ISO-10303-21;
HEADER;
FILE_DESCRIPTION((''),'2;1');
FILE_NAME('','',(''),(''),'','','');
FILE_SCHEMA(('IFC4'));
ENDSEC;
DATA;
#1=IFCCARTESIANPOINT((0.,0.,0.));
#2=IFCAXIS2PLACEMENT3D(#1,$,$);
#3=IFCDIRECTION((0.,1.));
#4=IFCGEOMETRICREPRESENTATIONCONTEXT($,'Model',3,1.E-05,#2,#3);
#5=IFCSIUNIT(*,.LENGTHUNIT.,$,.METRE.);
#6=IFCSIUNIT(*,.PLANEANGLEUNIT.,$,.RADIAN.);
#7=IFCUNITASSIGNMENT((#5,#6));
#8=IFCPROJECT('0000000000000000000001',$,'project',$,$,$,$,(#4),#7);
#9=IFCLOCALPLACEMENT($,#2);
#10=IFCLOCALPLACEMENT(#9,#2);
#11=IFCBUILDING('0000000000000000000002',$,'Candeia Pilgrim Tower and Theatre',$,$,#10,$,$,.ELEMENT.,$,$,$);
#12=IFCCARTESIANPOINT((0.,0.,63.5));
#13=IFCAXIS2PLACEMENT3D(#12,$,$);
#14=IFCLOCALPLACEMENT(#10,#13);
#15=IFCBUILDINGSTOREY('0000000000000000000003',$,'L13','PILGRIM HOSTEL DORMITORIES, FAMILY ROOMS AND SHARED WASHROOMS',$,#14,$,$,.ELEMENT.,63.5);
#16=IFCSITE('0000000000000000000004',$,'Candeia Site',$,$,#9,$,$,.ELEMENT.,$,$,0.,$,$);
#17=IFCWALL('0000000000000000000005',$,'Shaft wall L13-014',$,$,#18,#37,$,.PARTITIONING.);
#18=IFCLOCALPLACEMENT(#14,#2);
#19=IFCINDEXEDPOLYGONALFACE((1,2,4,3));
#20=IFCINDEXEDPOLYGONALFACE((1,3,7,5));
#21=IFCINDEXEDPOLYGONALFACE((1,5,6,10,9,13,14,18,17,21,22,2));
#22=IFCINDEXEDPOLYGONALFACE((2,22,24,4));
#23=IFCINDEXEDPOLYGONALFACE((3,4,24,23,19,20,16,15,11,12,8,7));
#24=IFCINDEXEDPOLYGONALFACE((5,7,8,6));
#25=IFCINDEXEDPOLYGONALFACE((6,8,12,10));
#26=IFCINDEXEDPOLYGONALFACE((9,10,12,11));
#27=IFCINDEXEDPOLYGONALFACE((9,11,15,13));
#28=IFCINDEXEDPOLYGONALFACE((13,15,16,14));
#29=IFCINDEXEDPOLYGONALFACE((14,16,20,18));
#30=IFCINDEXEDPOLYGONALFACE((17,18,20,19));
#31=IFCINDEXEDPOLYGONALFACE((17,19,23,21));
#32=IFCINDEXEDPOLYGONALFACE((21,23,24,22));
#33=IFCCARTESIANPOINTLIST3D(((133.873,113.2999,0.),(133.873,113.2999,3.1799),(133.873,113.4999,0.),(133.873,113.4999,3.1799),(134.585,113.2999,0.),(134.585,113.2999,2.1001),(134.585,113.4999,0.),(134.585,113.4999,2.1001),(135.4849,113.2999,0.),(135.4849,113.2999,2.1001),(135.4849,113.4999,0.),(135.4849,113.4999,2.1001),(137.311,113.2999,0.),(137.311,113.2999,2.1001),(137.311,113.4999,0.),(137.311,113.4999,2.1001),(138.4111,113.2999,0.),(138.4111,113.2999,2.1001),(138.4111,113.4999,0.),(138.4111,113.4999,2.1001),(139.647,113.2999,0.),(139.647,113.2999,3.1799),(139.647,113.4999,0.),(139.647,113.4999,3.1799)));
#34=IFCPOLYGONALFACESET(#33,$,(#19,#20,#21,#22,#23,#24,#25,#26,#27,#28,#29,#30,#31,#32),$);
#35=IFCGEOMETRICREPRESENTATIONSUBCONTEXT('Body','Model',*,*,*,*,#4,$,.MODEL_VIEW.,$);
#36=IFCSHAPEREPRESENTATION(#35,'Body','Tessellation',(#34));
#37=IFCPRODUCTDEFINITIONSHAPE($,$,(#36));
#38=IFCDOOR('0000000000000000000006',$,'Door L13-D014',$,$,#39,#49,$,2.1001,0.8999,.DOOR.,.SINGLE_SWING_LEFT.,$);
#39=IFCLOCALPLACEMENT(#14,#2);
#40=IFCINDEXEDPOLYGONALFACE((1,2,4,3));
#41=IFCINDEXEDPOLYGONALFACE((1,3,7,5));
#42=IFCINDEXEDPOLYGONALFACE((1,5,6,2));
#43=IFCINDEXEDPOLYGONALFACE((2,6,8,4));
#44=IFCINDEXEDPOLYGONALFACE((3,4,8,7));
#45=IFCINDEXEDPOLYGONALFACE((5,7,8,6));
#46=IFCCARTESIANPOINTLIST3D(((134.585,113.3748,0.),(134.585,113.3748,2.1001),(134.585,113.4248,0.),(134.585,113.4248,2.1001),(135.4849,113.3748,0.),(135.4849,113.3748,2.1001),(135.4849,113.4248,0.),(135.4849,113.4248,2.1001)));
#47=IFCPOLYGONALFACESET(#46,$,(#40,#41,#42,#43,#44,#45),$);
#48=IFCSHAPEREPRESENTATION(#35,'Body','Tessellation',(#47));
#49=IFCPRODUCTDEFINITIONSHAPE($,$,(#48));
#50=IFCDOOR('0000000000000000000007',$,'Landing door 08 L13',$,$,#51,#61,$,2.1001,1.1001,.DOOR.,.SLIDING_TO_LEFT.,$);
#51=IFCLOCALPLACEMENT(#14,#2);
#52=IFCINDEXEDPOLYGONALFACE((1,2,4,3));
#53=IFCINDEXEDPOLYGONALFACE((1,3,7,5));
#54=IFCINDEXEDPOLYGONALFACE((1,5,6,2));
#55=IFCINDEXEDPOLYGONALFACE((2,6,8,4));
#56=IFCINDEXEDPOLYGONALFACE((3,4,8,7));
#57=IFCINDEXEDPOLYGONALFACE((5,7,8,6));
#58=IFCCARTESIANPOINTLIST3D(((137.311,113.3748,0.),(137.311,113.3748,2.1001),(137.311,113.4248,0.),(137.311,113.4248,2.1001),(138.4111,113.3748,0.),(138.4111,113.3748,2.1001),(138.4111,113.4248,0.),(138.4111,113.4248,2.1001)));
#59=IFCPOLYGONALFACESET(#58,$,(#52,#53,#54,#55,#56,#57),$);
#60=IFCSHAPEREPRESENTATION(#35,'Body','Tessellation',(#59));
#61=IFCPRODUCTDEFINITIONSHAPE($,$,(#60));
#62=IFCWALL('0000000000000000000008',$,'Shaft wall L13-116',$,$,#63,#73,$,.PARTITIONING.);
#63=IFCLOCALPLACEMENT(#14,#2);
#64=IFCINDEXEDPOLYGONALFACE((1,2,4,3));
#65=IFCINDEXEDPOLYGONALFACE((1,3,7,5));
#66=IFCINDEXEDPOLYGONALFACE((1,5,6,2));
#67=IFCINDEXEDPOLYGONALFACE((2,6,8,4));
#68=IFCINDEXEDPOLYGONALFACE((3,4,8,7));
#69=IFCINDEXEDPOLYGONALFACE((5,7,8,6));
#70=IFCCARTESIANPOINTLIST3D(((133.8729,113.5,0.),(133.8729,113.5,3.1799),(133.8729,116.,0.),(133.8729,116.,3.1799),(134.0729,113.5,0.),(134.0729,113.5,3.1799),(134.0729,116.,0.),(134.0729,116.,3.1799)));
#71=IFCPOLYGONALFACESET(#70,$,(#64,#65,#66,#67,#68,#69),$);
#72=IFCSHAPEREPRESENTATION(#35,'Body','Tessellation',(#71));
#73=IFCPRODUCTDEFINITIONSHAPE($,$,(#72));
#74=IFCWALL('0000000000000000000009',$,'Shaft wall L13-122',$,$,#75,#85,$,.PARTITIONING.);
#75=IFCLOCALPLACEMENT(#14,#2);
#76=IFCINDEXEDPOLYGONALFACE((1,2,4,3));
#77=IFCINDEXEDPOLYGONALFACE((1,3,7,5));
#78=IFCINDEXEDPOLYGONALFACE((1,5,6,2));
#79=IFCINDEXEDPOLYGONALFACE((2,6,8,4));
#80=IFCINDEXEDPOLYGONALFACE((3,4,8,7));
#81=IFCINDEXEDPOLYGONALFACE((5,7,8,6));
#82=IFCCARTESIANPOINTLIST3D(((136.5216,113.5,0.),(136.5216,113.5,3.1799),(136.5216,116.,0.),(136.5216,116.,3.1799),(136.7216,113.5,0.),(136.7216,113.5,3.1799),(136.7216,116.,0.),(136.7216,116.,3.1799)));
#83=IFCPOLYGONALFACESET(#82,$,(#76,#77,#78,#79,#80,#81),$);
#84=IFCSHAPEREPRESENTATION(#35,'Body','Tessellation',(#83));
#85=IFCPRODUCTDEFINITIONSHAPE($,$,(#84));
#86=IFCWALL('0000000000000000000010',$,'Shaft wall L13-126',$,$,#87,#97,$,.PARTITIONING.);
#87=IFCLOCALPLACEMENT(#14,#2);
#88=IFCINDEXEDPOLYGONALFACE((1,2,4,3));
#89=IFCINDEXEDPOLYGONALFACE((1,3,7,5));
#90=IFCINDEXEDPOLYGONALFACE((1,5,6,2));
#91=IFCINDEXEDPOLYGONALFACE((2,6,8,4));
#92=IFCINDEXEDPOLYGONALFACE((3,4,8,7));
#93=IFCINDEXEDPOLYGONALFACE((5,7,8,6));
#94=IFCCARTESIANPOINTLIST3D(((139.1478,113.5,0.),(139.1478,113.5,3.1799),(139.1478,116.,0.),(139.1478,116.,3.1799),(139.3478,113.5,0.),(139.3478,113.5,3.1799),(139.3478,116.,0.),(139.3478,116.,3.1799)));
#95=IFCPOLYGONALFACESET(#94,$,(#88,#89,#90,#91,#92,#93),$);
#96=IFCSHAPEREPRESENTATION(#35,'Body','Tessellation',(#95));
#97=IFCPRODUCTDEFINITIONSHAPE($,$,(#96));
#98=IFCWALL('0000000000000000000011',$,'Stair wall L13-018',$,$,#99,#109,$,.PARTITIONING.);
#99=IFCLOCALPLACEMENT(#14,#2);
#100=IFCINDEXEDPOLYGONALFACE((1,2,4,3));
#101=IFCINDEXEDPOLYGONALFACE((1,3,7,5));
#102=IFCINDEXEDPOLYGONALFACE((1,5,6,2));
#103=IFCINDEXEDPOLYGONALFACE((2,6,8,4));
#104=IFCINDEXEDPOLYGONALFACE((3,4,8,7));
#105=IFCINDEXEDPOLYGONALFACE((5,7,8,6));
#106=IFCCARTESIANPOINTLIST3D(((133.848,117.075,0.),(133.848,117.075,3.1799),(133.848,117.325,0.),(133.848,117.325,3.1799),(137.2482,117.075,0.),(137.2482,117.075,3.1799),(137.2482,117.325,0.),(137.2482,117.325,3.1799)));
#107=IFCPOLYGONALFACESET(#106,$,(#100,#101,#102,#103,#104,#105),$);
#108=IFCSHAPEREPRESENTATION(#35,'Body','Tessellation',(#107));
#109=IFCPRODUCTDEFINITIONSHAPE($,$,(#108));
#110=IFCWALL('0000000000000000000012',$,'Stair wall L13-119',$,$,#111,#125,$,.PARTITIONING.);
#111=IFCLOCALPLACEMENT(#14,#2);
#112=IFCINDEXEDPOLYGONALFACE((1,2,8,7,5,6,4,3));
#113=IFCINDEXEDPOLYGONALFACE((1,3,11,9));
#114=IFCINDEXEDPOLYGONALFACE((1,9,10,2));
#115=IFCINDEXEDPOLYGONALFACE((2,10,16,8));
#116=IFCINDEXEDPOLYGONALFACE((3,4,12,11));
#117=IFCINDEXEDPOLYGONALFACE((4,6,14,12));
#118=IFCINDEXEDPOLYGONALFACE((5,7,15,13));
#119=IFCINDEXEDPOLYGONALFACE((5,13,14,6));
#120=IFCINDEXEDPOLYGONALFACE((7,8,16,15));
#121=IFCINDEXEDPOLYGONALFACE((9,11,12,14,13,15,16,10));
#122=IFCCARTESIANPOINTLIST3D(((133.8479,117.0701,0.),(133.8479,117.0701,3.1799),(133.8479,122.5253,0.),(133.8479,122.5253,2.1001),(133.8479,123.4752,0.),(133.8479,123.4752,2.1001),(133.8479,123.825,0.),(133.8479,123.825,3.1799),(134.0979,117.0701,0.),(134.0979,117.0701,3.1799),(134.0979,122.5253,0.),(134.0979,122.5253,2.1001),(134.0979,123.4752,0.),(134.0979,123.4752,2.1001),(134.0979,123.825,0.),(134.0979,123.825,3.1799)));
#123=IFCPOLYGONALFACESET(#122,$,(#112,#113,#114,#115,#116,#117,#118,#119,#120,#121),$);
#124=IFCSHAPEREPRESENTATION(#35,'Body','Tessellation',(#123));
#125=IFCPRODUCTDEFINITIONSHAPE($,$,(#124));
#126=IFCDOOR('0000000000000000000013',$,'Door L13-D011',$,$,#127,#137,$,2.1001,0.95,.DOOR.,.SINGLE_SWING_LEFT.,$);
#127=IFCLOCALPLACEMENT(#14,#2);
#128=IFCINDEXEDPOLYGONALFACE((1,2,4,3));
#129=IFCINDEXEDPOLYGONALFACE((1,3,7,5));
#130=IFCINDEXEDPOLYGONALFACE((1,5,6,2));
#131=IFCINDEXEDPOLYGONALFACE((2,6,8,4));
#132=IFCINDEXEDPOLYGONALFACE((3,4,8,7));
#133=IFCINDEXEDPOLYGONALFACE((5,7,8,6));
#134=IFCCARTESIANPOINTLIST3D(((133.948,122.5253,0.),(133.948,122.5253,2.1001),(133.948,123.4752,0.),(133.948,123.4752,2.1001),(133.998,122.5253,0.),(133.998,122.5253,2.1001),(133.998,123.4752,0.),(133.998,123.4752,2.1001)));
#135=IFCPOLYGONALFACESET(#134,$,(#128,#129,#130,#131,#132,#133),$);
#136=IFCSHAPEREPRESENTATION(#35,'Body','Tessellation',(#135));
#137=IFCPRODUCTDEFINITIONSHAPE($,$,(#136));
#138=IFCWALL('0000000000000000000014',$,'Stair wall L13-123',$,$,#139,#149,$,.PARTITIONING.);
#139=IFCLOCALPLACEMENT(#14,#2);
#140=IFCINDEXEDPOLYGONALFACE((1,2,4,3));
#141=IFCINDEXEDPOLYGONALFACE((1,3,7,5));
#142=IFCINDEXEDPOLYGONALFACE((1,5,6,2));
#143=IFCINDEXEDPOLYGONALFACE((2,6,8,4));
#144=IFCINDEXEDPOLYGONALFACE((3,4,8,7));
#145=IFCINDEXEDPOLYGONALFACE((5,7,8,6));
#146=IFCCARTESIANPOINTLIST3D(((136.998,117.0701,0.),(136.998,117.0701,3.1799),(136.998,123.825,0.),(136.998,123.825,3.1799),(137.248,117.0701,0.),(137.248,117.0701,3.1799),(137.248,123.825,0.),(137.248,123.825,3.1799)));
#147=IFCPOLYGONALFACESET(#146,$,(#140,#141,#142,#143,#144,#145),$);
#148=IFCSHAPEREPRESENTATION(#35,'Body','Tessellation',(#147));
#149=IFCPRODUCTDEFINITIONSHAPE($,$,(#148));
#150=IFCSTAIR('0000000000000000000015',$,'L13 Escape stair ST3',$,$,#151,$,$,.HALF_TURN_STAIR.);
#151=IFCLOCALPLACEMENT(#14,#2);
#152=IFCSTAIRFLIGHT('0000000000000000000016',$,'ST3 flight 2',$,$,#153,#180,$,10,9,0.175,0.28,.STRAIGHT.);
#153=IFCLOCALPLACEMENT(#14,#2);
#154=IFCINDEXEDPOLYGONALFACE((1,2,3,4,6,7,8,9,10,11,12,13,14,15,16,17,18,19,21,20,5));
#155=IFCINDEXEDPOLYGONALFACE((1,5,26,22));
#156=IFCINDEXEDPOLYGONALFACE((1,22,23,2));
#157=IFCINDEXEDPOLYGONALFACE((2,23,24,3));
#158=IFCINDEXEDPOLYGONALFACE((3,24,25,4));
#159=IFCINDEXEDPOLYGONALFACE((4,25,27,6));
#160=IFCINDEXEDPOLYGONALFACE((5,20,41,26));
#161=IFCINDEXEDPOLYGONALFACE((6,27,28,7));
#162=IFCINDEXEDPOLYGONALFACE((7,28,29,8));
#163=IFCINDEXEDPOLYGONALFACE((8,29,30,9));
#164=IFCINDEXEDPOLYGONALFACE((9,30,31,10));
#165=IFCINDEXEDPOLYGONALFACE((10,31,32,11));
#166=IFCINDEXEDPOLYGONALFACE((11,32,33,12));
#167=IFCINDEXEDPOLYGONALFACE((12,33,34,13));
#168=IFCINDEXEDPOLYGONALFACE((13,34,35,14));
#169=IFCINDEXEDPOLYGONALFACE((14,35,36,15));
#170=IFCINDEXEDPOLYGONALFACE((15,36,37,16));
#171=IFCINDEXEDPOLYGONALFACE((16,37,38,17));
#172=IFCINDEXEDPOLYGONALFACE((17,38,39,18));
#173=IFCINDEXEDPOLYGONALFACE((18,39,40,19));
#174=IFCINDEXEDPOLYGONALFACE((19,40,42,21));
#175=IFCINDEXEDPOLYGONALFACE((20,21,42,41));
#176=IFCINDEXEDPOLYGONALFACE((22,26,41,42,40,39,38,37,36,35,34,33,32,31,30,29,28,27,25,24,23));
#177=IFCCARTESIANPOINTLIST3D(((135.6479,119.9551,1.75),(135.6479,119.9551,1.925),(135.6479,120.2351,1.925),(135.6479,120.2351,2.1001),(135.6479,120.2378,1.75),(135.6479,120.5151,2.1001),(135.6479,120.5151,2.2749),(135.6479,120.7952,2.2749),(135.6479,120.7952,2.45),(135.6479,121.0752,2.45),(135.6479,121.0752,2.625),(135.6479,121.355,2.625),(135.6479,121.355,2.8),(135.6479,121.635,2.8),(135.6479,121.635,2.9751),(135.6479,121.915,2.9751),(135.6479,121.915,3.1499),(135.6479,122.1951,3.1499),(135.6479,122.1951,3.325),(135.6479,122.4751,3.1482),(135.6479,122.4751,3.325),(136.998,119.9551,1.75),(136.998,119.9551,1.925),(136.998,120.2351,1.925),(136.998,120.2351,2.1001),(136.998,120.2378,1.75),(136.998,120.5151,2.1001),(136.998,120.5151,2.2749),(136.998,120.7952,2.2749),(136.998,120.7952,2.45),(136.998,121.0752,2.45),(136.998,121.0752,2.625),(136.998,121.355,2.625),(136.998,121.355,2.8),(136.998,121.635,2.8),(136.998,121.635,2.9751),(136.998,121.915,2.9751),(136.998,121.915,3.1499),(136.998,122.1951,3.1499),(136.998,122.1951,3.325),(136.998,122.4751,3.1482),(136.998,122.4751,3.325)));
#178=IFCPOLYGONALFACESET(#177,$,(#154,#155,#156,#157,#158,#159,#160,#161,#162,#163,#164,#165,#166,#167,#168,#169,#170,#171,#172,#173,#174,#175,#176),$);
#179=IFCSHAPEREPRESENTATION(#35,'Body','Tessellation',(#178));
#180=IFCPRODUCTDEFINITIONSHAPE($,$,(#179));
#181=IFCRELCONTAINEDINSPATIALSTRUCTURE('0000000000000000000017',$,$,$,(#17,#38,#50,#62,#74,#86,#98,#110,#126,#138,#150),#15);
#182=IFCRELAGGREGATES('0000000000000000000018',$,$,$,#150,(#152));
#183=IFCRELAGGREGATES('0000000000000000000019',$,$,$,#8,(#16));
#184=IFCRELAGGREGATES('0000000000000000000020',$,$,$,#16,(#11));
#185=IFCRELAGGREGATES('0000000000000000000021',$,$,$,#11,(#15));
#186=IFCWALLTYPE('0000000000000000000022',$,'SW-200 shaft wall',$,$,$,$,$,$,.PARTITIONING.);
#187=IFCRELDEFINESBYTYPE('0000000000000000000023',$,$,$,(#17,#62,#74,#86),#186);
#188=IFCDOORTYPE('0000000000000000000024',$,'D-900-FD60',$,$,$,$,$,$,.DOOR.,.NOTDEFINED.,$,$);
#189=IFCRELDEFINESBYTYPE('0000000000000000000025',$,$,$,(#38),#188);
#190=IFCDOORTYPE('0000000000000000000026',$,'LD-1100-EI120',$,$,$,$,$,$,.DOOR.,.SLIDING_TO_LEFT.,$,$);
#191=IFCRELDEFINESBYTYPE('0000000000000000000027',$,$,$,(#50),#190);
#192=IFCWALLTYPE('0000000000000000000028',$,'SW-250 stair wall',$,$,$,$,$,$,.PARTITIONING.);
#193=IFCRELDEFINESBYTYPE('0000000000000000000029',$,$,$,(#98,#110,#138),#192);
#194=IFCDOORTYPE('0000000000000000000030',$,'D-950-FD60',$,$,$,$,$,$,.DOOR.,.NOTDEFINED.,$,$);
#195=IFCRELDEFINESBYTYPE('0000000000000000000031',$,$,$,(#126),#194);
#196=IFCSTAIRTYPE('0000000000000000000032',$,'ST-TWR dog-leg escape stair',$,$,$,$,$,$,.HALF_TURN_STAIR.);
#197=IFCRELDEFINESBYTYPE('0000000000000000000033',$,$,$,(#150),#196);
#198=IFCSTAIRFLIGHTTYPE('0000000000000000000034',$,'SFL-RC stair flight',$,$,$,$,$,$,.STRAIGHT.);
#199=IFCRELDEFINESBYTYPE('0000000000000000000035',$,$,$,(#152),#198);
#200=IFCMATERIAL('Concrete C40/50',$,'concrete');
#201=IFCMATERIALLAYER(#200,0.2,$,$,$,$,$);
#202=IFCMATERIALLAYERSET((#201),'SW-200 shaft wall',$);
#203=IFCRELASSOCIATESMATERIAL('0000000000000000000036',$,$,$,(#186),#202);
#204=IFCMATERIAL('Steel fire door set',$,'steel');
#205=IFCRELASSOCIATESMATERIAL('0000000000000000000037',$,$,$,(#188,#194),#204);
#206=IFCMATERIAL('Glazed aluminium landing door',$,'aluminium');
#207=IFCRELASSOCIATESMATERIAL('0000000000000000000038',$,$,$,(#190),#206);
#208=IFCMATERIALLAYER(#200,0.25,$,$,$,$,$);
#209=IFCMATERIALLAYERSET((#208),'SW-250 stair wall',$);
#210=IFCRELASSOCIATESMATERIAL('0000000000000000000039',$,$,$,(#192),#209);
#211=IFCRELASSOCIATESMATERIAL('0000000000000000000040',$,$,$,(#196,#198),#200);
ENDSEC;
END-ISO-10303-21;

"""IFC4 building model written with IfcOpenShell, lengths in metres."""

from ifc_helpers import new_model, si_unit, direction, frame, frame_2d, origin, place, context, subcontext, project, spatial, polyline, rectangle, outline, extrude, material, layer, layer_set, type_object, element, fill, aggregate, save


model = new_model("IFC4")

# Units and contexts
model_context = context("Model", 3, precision=1e-05, world=origin(), true_north=direction((0.0, 1.0)))
body_context = subcontext(model_context, "Body", "Model", "MODEL_VIEW")
ifc_project = project(units=[si_unit("LENGTHUNIT", "METRE"), si_unit("PLANEANGLEUNIT", "RADIAN")], contexts=[model_context])

# Site, building, storey
site_placement = place(None, origin())
site = spatial("IfcSite", under=ifc_project, at=site_placement, Name="Candeia Site", CompositionType="ELEMENT", RefElevation=0.0)
building_placement = place(site_placement, origin())
building = spatial("IfcBuilding", under=site, at=building_placement, Name="Candeia Pilgrim Tower and Theatre", CompositionType="ELEMENT")
storey_placement = place(building_placement, frame((0.0, 0.0, 63.5)))
storey = spatial("IfcBuildingStorey", under=building, at=storey_placement, Name="L13", Description="PILGRIM HOSTEL DORMITORIES, FAMILY ROOMS AND SHARED WASHROOMS", CompositionType="ELEMENT", Elevation=63.5)

# Shared definitions
ifc_material_1 = material(Name="Steel fire door set", Category="steel")

# Wall, openings, doors
ifc_material_2 = material(Name="Concrete C40/50", Category="concrete")
ifc_layer_1 = layer(ifc_material_2, 0.2)
ifc_layer_set_1 = layer_set([ifc_layer_1], Name="SW-200 shaft wall")
wall_type_1 = type_object("IfcWallType", Name="SW-200 shaft wall", PredefinedType="PARTITIONING", material=ifc_layer_set_1)
wall_1_placement = place(storey_placement, frame((133.873, 113.3999, 0.0), z_axis=(0.0, 0.0, 1.0), x_axis=(1.0, 0.0, 0.0)))
wall_1 = element("IfcWall", 1, at=wall_1_placement, inside=storey, type_object=wall_type_1, Name="Shaft wall L13-014", PredefinedType="PARTITIONING", context=body_context, shape_type="SweptSolid", body=[
    extrude(rectangle(XDim=5.7739, YDim=0.2, at=frame_2d((2.887, 0.0))), origin(), (0.0, 0.0, 1.0), 3.1799),
])
opening_1_placement = place(wall_1_placement, frame((3.438, 0.0, 0.0)))
opening_1 = element("IfcOpeningElement", 2, at=opening_1_placement, cuts=wall_1, PredefinedType="OPENING", context=body_context, shape_type="SweptSolid", body=[
    extrude(rectangle(XDim=1.1001, YDim=2.1001, at=frame_2d((0.55, 1.05))), frame((0.0, 0.1099, 0.0), z_axis=(0.0, -1.0, 0.0), x_axis=(1.0, 0.0, 0.0)), (0.0, 0.0, 1.0), 0.22),
])
opening_2_placement = place(wall_1_placement, frame((0.7119, 0.0, 0.0)))
opening_2 = element("IfcOpeningElement", 3, at=opening_2_placement, cuts=wall_1, PredefinedType="OPENING", context=body_context, shape_type="SweptSolid", body=[
    extrude(rectangle(XDim=0.8999, YDim=2.1001, at=frame_2d((0.45, 1.05))), frame((0.0, 0.1099, 0.0), z_axis=(0.0, -1.0, 0.0), x_axis=(1.0, 0.0, 0.0)), (0.0, 0.0, 1.0), 0.22),
])
door_type_1 = type_object("IfcDoorType", Name="D-900-FD60", OperationType="NOTDEFINED", PredefinedType="DOOR", material=ifc_material_1)
door_1_placement = place(opening_2_placement, origin())
door_1 = element("IfcDoor", 4, at=door_1_placement, inside=storey, type_object=door_type_1, Name="Door L13-D014", OperationType="SINGLE_SWING_LEFT", OverallHeight=2.1001, OverallWidth=0.8999, PredefinedType="DOOR", context=body_context, shape_type="SweptSolid", body=[
    extrude(rectangle(XDim=0.8999, YDim=2.1001, at=frame_2d((0.45, 1.05))), frame((0.0, 0.0249, 0.0), z_axis=(0.0, -1.0, 0.0), x_axis=(1.0, 0.0, 0.0)), (0.0, 0.0, 1.0), 0.05),
])
fill(opening_2, door_1)
ifc_material_3 = material(Name="Glazed aluminium landing door", Category="aluminium")
door_type_2 = type_object("IfcDoorType", Name="LD-1100-EI120", OperationType="SLIDING_TO_LEFT", PredefinedType="DOOR", material=ifc_material_3)
door_2_placement = place(opening_1_placement, origin())
door_2 = element("IfcDoor", 5, at=door_2_placement, inside=storey, type_object=door_type_2, Name="Landing door 08 L13", OperationType="SLIDING_TO_LEFT", OverallHeight=2.1001, OverallWidth=1.1001, PredefinedType="DOOR", context=body_context, shape_type="SweptSolid", body=[
    extrude(rectangle(XDim=1.1001, YDim=2.1001, at=frame_2d((0.55, 1.05))), frame((0.0, 0.0249, 0.0), z_axis=(0.0, -1.0, 0.0), x_axis=(1.0, 0.0, 0.0)), (0.0, 0.0, 1.0), 0.05),
])
fill(opening_1, door_2)

# Walls
for number, where, z_axis, x_axis, name in (
    (6, (133.9729, 113.5, 0.0), (0.0, 0.0, 1.0), (0.0, 1.0, 0.0), "Shaft wall L13-116"),
    (7, (136.6216, 113.5, 0.0), (0.0, 0.0, 1.0), (0.0, 1.0, 0.0), "Shaft wall L13-122"),
    (8, (139.2478, 113.5, 0.0), (0.0, 0.0, 1.0), (0.0, 1.0, 0.0), "Shaft wall L13-126"),
):
    element("IfcWall", number, at=place(storey_placement, frame(where, z_axis=z_axis, x_axis=x_axis)), inside=storey, type_object=wall_type_1, Name=name, PredefinedType="PARTITIONING", context=body_context, shape_type="SweptSolid", body=[
        extrude(rectangle(XDim=2.5, YDim=0.2, at=frame_2d((1.25, 0.0))), origin(), (0.0, 0.0, 1.0), 3.1799),
    ])
ifc_layer_2 = layer(ifc_material_2, 0.25)
ifc_layer_set_2 = layer_set([ifc_layer_2], Name="SW-250 stair wall")
wall_type_2 = type_object("IfcWallType", Name="SW-250 stair wall", PredefinedType="PARTITIONING", material=ifc_layer_set_2)
wall_2_placement = place(storey_placement, frame((133.8479, 117.2, 0.0), z_axis=(0.0, 0.0, 1.0), x_axis=(1.0, 0.0, 0.0)))
element("IfcWall", 9, at=wall_2_placement, inside=storey, type_object=wall_type_2, Name="Stair wall L13-018", PredefinedType="PARTITIONING", context=body_context, shape_type="SweptSolid", body=[
    extrude(rectangle(XDim=3.4001, YDim=0.25, at=frame_2d((1.7002, 0.0))), origin(), (0.0, 0.0, 1.0), 3.1799),
])

# Wall, opening, door
wall_3_placement = place(storey_placement, frame((133.9729, 117.0701, 0.0), z_axis=(0.0, 0.0, 1.0), x_axis=(0.0, 1.0, 0.0)))
wall_3 = element("IfcWall", 10, at=wall_3_placement, inside=storey, type_object=wall_type_2, Name="Stair wall L13-119", PredefinedType="PARTITIONING", context=body_context, shape_type="SweptSolid", body=[
    extrude(rectangle(XDim=6.7549, YDim=0.25, at=frame_2d((3.3774, 0.0))), origin(), (0.0, 0.0, 1.0), 3.1799),
])
opening_3_placement = place(wall_3_placement, frame((5.4551, 0.0, 0.0)))
opening_3 = element("IfcOpeningElement", 11, at=opening_3_placement, cuts=wall_3, PredefinedType="OPENING", context=body_context, shape_type="SweptSolid", body=[
    extrude(rectangle(XDim=0.95, YDim=2.1001, at=frame_2d((0.4751, 1.05))), frame((0.0, 0.135, 0.0), z_axis=(0.0, -1.0, 0.0), x_axis=(1.0, 0.0, 0.0)), (0.0, 0.0, 1.0), 0.27),
])
door_type_3 = type_object("IfcDoorType", Name="D-950-FD60", OperationType="NOTDEFINED", PredefinedType="DOOR", material=ifc_material_1)
door_3_placement = place(opening_3_placement, origin())
door_3 = element("IfcDoor", 12, at=door_3_placement, inside=storey, type_object=door_type_3, Name="Door L13-D011", OperationType="SINGLE_SWING_LEFT", OverallHeight=2.1001, OverallWidth=0.95, PredefinedType="DOOR", context=body_context, shape_type="SweptSolid", body=[
    extrude(rectangle(XDim=0.95, YDim=2.1001, at=frame_2d((0.4751, 1.05))), frame((0.0, 0.0249, 0.0), z_axis=(0.0, -1.0, 0.0), x_axis=(1.0, 0.0, 0.0)), (0.0, 0.0, 1.0), 0.05),
])
fill(opening_3, door_3)

# Wall
wall_4_placement = place(storey_placement, frame((137.123, 117.0701, 0.0), z_axis=(0.0, 0.0, 1.0), x_axis=(0.0, 1.0, 0.0)))
element("IfcWall", 13, at=wall_4_placement, inside=storey, type_object=wall_type_2, Name="Stair wall L13-123", PredefinedType="PARTITIONING", context=body_context, shape_type="SweptSolid", body=[
    extrude(rectangle(XDim=6.7549, YDim=0.25, at=frame_2d((3.3774, 0.0))), origin(), (0.0, 0.0, 1.0), 3.1799),
])

# Stair, stair flight
stair_type = type_object("IfcStairType", Name="ST-TWR dog-leg escape stair", PredefinedType="HALF_TURN_STAIR", material=ifc_material_2)
stair_placement = place(storey_placement, origin())
stair = element("IfcStair", 14, at=stair_placement, inside=storey, type_object=stair_type, Name="L13 Escape stair ST3", PredefinedType="HALF_TURN_STAIR")
stair_flight_type = type_object("IfcStairFlightType", Name="SFL-RC stair flight", PredefinedType="STRAIGHT", material=ifc_material_2)
stair_flight_placement = place(storey_placement, frame((136.323, 119.9551, 1.75), z_axis=(0.0, 0.0, 1.0), x_axis=(0.0, 1.0, 0.0)))
stair_flight = element("IfcStairFlight", 15, at=stair_flight_placement, type_object=stair_flight_type, Name="ST3 flight 2", NumberOfRisers=10, NumberOfTreads=9, PredefinedType="STRAIGHT", RiserHeight=0.175, TreadLength=0.28, context=body_context, shape_type="SweptSolid", body=[
    extrude(outline(polyline([(0.0, 0.0), (0.0, 0.175), (0.28, 0.175), (0.28, 0.3501), (0.5601, 0.3501), (0.5601, 0.5249), (0.8401, 0.5249), (0.8401, 0.7), (1.1201, 0.7), (1.1201, 0.875), (1.3999, 0.875), (1.3999, 1.05), (1.6799, 1.05), (1.6799, 1.2251), (1.96, 1.2251), (1.96, 1.3999), (2.24, 1.3999), (2.24, 1.575), (2.52, 1.575), (2.52, 1.75), (2.52, 1.3982), (0.2827, 0.0), (0.0, 0.0)])), frame((0.0, 0.675, 0.0), z_axis=(0.0, -1.0, 0.0), x_axis=(1.0, 0.0, 0.0)), (0.0, 0.0, 1.0), 1.3501),
])
aggregate(stair, [stair_flight])

save(model, "model.ifc")
